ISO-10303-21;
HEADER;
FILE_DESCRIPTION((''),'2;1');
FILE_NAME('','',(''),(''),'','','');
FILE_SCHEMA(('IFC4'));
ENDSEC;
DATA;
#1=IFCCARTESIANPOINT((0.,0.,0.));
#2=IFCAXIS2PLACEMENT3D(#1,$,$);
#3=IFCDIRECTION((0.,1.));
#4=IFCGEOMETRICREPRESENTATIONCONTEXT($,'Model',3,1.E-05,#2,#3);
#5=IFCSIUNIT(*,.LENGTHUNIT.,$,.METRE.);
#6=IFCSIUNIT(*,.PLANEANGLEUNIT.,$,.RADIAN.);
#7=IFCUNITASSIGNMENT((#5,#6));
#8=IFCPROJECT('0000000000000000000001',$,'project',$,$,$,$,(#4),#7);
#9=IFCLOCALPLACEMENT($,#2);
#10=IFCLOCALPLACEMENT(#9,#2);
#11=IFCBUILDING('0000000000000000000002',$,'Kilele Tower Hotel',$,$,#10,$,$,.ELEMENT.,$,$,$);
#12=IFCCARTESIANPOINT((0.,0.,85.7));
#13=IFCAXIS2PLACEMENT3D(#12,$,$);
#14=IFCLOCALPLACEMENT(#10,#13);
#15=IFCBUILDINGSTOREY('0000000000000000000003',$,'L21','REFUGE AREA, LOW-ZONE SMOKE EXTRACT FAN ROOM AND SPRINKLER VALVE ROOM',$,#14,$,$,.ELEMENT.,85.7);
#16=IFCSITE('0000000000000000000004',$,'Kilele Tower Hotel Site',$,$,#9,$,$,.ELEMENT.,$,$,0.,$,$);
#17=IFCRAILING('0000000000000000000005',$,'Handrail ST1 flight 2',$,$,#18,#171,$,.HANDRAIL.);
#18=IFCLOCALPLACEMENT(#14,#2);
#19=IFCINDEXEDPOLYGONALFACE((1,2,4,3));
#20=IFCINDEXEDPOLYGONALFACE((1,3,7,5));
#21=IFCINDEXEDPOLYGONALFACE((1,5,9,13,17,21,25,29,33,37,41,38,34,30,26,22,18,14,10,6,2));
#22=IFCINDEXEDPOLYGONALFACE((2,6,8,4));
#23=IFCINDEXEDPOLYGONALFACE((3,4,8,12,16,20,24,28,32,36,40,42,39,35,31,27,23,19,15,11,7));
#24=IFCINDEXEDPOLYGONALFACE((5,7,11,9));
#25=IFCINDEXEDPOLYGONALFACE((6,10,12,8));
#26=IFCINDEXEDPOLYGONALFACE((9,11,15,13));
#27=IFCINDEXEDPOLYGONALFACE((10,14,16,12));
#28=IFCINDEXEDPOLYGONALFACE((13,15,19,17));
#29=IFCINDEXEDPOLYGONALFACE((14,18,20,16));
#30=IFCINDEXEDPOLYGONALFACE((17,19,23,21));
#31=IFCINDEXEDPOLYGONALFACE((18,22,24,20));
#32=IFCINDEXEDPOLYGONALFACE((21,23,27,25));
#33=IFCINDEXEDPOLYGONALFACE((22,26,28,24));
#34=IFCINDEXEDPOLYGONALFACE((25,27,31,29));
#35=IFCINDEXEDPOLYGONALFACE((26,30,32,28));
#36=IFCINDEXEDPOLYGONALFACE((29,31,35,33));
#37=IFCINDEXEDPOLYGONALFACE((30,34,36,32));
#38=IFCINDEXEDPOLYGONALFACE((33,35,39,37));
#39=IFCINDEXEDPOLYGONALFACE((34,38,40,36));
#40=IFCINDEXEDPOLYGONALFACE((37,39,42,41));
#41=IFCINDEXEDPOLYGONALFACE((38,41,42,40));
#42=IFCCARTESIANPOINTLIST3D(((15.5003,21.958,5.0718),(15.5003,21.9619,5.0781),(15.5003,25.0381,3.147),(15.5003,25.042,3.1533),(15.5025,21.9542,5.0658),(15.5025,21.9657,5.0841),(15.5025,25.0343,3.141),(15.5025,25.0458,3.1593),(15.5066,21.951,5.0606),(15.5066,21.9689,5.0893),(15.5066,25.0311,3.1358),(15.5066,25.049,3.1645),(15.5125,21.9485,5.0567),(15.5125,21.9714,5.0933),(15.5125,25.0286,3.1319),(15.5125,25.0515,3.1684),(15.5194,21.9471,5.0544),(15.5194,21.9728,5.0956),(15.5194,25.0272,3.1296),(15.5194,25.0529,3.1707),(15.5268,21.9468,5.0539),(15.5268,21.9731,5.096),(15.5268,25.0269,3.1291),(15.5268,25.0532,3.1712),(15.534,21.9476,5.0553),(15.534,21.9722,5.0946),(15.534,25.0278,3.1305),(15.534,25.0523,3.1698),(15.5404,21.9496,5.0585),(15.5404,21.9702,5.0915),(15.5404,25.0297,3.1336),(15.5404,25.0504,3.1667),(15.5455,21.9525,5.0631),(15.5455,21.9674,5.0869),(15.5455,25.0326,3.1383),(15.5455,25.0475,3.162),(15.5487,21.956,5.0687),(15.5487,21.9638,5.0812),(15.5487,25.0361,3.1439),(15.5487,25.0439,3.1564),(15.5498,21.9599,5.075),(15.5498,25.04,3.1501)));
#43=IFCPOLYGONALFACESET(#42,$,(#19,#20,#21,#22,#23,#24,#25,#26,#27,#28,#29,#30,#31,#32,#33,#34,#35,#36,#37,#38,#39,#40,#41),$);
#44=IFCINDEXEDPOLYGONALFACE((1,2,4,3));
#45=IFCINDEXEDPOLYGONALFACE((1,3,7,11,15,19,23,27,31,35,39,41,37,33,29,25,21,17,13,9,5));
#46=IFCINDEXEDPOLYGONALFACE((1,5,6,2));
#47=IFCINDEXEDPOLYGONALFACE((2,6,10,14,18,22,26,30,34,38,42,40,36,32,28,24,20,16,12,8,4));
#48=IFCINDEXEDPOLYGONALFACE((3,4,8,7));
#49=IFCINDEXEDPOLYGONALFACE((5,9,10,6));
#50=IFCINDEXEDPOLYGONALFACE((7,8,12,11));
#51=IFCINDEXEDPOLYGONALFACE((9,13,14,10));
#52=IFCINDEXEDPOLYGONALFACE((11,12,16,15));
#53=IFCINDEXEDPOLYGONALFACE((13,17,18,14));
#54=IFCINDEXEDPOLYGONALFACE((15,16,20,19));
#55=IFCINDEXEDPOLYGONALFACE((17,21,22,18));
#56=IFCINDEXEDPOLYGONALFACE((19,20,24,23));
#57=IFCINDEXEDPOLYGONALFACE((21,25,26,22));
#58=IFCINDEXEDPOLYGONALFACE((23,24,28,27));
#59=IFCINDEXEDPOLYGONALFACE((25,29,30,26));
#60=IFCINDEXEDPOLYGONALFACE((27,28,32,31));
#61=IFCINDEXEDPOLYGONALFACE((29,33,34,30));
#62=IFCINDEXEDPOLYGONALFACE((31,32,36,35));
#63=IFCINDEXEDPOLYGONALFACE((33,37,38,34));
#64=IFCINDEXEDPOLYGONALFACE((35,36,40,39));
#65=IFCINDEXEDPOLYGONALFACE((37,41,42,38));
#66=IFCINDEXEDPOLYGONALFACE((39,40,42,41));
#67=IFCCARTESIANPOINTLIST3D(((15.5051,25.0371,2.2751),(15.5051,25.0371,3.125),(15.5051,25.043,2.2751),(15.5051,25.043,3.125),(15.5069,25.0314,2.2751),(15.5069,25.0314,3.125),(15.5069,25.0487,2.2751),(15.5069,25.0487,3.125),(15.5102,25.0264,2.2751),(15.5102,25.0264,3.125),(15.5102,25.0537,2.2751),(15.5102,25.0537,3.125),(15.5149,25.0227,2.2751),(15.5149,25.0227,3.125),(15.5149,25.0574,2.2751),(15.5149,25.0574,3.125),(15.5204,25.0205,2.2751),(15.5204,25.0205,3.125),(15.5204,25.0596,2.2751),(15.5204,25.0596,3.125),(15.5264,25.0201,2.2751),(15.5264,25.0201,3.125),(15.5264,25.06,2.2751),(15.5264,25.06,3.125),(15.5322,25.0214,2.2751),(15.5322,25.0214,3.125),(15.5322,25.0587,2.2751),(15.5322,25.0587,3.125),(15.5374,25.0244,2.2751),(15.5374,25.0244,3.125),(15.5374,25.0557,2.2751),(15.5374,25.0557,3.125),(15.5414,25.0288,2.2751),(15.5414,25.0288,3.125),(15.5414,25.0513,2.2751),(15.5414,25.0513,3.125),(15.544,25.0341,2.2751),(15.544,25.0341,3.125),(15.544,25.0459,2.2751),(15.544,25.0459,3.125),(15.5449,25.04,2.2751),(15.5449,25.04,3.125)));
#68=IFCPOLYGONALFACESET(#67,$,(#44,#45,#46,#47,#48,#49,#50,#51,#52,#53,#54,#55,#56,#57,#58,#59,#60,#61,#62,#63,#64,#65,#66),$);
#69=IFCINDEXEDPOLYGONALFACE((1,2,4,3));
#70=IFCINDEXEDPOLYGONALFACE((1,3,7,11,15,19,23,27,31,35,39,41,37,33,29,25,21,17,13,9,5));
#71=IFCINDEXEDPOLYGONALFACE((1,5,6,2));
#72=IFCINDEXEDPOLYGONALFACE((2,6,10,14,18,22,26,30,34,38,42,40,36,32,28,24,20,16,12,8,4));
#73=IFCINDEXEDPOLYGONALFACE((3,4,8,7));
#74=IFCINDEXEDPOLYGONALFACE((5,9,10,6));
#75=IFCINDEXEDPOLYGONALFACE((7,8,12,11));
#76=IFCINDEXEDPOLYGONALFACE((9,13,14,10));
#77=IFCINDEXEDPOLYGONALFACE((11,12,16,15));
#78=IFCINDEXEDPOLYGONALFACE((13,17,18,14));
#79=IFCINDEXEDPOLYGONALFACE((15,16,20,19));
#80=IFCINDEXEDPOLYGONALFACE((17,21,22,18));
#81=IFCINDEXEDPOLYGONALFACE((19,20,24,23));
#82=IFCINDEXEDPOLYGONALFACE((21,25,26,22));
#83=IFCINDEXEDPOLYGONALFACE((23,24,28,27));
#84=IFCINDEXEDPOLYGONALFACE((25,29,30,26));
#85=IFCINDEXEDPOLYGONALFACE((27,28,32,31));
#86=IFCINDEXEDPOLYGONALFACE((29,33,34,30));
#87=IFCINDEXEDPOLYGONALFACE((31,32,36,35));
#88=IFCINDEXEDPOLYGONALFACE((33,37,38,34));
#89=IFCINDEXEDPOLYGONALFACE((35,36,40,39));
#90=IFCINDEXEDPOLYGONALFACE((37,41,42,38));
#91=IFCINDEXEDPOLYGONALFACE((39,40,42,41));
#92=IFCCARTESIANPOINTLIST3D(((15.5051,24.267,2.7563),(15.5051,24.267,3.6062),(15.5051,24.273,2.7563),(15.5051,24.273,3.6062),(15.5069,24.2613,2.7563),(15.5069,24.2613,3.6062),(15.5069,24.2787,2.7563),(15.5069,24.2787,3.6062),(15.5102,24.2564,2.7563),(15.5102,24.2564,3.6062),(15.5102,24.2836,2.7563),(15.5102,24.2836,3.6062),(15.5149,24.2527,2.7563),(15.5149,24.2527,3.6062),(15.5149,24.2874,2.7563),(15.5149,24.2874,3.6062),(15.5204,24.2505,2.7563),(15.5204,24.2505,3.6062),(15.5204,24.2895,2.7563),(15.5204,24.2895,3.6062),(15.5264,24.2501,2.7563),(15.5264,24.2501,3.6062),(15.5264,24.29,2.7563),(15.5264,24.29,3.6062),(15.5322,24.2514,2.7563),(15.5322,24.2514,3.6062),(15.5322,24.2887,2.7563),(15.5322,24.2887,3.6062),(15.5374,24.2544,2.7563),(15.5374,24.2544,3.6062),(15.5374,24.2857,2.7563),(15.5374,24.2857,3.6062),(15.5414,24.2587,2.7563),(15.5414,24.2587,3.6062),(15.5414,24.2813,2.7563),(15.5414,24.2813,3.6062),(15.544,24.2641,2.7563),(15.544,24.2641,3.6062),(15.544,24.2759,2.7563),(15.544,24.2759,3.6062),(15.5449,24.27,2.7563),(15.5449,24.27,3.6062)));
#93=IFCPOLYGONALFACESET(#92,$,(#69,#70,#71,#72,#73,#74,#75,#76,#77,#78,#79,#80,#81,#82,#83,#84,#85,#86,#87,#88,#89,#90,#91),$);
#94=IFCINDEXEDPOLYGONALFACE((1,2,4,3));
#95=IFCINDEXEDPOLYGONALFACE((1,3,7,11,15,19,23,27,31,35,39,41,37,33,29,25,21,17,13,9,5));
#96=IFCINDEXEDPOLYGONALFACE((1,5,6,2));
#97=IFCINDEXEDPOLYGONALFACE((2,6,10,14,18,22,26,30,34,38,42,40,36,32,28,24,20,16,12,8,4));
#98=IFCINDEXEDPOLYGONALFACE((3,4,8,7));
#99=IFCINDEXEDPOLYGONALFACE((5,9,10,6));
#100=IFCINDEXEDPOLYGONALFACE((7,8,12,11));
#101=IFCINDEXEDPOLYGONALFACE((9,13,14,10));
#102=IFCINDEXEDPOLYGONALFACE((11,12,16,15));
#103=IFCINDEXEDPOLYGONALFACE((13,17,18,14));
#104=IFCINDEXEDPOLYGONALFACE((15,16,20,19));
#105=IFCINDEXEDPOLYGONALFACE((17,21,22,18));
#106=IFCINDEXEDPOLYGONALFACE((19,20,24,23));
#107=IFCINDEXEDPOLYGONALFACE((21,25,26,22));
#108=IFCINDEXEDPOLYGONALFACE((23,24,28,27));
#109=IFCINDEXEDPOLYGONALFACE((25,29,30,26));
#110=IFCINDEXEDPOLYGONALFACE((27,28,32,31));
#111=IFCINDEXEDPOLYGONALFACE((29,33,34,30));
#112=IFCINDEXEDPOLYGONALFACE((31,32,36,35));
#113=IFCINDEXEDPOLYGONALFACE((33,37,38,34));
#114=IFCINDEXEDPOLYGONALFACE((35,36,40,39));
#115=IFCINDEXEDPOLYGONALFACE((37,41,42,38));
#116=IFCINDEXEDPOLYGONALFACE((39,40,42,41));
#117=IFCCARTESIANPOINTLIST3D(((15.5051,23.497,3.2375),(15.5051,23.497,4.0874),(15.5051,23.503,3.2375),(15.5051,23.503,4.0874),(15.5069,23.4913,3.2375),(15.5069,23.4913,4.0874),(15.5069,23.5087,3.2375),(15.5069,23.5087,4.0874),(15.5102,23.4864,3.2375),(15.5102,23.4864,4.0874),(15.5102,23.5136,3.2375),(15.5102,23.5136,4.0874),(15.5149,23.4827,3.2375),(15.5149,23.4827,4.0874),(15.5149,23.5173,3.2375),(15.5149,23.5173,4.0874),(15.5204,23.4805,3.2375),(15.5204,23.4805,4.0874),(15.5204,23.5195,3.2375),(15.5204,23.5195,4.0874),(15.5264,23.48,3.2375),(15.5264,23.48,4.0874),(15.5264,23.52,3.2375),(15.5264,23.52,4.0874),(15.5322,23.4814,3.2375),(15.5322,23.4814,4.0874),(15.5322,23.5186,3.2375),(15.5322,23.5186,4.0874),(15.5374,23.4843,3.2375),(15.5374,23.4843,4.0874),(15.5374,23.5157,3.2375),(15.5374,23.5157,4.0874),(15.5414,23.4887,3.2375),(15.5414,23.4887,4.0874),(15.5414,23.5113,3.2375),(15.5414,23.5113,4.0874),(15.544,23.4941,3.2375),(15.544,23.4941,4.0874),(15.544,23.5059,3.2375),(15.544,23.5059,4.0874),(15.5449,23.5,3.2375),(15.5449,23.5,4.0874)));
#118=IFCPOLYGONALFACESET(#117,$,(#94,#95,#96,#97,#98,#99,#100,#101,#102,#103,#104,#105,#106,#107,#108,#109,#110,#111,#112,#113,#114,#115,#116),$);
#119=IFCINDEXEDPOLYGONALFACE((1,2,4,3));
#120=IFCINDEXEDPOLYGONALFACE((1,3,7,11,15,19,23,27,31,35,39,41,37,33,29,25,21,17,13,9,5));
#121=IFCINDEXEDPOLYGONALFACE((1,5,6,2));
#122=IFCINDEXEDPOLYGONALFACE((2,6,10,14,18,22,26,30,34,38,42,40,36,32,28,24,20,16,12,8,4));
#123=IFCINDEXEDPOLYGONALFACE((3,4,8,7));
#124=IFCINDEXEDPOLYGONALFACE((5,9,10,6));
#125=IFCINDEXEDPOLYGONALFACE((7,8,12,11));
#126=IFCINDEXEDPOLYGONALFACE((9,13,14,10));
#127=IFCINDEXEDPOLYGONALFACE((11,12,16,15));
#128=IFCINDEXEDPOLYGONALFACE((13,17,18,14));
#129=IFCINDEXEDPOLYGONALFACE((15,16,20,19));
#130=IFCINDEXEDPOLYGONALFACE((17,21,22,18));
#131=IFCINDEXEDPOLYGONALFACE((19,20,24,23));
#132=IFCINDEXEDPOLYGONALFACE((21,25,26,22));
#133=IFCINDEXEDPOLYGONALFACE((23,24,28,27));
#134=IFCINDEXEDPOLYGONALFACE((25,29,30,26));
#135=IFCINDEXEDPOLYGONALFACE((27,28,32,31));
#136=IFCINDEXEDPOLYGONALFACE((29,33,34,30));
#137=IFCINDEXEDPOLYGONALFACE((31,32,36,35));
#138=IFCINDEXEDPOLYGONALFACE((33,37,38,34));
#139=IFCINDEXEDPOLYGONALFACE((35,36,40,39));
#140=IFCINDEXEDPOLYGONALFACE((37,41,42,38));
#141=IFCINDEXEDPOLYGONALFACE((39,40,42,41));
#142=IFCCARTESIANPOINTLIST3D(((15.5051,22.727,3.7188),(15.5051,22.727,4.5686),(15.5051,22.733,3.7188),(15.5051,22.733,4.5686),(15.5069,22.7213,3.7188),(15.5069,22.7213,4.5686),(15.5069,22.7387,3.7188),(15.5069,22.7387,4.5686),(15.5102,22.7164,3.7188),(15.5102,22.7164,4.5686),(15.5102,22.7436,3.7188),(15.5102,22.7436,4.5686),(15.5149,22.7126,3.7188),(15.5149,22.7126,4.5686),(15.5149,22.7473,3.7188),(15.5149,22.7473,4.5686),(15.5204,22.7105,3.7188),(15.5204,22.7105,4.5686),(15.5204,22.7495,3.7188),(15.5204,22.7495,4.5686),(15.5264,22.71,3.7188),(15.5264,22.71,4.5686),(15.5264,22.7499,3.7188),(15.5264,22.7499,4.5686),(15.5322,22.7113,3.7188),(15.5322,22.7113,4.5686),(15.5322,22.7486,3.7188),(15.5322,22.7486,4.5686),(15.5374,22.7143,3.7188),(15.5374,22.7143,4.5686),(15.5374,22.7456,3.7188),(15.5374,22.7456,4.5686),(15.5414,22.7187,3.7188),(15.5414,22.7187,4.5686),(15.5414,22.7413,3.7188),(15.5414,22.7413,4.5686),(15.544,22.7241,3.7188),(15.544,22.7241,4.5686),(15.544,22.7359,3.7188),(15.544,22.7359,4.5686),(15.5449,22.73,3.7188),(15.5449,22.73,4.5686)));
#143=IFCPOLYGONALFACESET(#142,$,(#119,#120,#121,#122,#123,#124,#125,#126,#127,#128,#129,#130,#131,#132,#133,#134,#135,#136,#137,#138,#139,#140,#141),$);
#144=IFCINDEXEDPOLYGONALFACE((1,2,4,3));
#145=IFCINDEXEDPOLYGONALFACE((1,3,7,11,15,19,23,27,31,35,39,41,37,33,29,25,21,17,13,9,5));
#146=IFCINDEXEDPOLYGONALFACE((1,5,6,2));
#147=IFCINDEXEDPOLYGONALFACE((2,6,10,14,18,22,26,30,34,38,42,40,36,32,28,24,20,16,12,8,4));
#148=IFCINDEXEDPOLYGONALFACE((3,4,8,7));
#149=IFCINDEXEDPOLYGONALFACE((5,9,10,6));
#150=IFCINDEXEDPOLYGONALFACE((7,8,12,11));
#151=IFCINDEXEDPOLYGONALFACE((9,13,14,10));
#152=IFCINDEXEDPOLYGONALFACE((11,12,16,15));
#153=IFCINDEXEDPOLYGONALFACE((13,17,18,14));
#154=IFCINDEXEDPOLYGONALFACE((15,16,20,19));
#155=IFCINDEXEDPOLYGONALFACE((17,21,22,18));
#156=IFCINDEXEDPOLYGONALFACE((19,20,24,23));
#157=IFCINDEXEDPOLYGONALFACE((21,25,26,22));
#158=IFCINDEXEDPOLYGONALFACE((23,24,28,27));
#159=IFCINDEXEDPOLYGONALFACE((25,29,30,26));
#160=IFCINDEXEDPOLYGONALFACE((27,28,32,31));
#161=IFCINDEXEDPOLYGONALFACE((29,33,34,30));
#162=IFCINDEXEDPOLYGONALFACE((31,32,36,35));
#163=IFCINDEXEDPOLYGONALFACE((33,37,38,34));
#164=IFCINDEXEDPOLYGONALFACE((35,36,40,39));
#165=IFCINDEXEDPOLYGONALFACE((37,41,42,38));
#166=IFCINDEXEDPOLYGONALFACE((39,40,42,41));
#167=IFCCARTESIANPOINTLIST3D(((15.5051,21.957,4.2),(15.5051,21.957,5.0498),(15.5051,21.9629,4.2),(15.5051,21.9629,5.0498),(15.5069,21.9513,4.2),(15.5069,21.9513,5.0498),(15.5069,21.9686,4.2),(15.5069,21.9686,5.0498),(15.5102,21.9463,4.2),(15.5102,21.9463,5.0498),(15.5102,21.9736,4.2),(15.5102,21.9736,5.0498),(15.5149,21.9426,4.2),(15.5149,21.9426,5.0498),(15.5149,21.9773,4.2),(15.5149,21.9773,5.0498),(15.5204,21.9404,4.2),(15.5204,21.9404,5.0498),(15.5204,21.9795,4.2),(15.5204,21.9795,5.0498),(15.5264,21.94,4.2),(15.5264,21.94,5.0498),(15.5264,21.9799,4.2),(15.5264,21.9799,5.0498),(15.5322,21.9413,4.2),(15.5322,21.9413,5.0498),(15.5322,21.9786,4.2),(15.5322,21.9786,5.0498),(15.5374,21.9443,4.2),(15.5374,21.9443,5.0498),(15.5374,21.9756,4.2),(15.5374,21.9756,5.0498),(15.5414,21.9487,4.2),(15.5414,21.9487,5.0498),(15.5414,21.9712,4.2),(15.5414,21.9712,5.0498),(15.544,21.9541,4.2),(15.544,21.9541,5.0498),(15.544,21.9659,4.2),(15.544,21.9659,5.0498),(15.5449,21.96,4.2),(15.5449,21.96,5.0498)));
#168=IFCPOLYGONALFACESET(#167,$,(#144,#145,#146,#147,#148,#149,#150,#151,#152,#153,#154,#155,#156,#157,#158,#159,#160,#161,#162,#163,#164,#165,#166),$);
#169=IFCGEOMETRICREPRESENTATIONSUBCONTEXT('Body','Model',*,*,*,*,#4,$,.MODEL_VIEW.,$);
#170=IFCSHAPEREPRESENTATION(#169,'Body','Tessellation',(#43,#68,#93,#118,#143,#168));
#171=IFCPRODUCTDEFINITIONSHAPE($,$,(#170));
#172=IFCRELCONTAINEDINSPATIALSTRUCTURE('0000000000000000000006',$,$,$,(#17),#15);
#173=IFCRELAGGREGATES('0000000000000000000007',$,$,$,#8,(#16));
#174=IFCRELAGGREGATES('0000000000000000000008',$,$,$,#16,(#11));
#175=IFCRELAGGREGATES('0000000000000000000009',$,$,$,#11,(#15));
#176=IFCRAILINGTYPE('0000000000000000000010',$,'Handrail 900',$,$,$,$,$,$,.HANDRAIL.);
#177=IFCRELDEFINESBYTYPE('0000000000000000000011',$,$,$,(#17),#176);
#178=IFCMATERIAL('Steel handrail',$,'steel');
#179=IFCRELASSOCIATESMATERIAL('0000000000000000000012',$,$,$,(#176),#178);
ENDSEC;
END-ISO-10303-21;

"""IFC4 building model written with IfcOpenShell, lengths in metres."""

from ifc_helpers import new_model, si_unit, direction, frame, origin, origin_2d, place, context, subcontext, project, spatial, circle, extrude, material, type_object, element, save


model = new_model("IFC4")

# Units and contexts
model_context = context("Model", 3, precision=1e-05, world=origin(), true_north=direction((0.0, 1.0)))
body_context = subcontext(model_context, "Body", "Model", "MODEL_VIEW")
ifc_project = project(units=[si_unit("LENGTHUNIT", "METRE"), si_unit("PLANEANGLEUNIT", "RADIAN")], contexts=[model_context])

# Site, building, storey
site_placement = place(None, origin())
site = spatial("IfcSite", under=ifc_project, at=site_placement, Name="Kilele Tower Hotel Site", CompositionType="ELEMENT", RefElevation=0.0)
building_placement = place(site_placement, origin())
building = spatial("IfcBuilding", under=site, at=building_placement, Name="Kilele Tower Hotel", CompositionType="ELEMENT")
storey_placement = place(building_placement, frame((0.0, 0.0, 85.7)))
storey = spatial("IfcBuildingStorey", under=building, at=storey_placement, Name="L21", Description="REFUGE AREA, LOW-ZONE SMOKE EXTRACT FAN ROOM AND SPRINKLER VALVE ROOM", CompositionType="ELEMENT", Elevation=85.7)

# Railing
ifc_material_1 = material(Name="Steel handrail", Category="steel")
railing_type_1 = type_object("IfcRailingType", Name="Handrail 900", PredefinedType="HANDRAIL", material=ifc_material_1)
for number, where, name in (
    (1, (15.5249, 25.04, 2.2751), "Handrail ST1 flight 2"),
):
    element("IfcRailing", number, at=place(storey_placement, frame(where)), inside=storey, type_object=railing_type_1, Name=name, PredefinedType="HANDRAIL", context=body_context, shape_type="SweptSolid", body=[
        extrude(circle(Radius=0.0249, at=origin_2d()), frame((0.0, 0.0, 0.875), z_axis=(0.0, -0.848029, 0.529951), x_axis=(1.0, 0.0, 0.0)), (0.0, 0.0, 1.0), 3.6321),
        extrude(circle(Radius=0.02, at=origin_2d()), origin(), (0.0, 0.0, 1.0), 0.8499),
        extrude(circle(Radius=0.02, at=origin_2d()), frame((0.0, -0.77, 0.4812)), (0.0, 0.0, 1.0), 0.8499),
        extrude(circle(Radius=0.02, at=origin_2d()), frame((0.0, -1.54, 0.9624)), (0.0, 0.0, 1.0), 0.8499),
        extrude(circle(Radius=0.02, at=origin_2d()), frame((0.0, -2.3101, 1.4436)), (0.0, 0.0, 1.0), 0.8499),
        extrude(circle(Radius=0.02, at=origin_2d()), frame((0.0, -3.0801, 1.9248)), (0.0, 0.0, 1.0), 0.8499),
    ])

save(model, "model.ifc")
